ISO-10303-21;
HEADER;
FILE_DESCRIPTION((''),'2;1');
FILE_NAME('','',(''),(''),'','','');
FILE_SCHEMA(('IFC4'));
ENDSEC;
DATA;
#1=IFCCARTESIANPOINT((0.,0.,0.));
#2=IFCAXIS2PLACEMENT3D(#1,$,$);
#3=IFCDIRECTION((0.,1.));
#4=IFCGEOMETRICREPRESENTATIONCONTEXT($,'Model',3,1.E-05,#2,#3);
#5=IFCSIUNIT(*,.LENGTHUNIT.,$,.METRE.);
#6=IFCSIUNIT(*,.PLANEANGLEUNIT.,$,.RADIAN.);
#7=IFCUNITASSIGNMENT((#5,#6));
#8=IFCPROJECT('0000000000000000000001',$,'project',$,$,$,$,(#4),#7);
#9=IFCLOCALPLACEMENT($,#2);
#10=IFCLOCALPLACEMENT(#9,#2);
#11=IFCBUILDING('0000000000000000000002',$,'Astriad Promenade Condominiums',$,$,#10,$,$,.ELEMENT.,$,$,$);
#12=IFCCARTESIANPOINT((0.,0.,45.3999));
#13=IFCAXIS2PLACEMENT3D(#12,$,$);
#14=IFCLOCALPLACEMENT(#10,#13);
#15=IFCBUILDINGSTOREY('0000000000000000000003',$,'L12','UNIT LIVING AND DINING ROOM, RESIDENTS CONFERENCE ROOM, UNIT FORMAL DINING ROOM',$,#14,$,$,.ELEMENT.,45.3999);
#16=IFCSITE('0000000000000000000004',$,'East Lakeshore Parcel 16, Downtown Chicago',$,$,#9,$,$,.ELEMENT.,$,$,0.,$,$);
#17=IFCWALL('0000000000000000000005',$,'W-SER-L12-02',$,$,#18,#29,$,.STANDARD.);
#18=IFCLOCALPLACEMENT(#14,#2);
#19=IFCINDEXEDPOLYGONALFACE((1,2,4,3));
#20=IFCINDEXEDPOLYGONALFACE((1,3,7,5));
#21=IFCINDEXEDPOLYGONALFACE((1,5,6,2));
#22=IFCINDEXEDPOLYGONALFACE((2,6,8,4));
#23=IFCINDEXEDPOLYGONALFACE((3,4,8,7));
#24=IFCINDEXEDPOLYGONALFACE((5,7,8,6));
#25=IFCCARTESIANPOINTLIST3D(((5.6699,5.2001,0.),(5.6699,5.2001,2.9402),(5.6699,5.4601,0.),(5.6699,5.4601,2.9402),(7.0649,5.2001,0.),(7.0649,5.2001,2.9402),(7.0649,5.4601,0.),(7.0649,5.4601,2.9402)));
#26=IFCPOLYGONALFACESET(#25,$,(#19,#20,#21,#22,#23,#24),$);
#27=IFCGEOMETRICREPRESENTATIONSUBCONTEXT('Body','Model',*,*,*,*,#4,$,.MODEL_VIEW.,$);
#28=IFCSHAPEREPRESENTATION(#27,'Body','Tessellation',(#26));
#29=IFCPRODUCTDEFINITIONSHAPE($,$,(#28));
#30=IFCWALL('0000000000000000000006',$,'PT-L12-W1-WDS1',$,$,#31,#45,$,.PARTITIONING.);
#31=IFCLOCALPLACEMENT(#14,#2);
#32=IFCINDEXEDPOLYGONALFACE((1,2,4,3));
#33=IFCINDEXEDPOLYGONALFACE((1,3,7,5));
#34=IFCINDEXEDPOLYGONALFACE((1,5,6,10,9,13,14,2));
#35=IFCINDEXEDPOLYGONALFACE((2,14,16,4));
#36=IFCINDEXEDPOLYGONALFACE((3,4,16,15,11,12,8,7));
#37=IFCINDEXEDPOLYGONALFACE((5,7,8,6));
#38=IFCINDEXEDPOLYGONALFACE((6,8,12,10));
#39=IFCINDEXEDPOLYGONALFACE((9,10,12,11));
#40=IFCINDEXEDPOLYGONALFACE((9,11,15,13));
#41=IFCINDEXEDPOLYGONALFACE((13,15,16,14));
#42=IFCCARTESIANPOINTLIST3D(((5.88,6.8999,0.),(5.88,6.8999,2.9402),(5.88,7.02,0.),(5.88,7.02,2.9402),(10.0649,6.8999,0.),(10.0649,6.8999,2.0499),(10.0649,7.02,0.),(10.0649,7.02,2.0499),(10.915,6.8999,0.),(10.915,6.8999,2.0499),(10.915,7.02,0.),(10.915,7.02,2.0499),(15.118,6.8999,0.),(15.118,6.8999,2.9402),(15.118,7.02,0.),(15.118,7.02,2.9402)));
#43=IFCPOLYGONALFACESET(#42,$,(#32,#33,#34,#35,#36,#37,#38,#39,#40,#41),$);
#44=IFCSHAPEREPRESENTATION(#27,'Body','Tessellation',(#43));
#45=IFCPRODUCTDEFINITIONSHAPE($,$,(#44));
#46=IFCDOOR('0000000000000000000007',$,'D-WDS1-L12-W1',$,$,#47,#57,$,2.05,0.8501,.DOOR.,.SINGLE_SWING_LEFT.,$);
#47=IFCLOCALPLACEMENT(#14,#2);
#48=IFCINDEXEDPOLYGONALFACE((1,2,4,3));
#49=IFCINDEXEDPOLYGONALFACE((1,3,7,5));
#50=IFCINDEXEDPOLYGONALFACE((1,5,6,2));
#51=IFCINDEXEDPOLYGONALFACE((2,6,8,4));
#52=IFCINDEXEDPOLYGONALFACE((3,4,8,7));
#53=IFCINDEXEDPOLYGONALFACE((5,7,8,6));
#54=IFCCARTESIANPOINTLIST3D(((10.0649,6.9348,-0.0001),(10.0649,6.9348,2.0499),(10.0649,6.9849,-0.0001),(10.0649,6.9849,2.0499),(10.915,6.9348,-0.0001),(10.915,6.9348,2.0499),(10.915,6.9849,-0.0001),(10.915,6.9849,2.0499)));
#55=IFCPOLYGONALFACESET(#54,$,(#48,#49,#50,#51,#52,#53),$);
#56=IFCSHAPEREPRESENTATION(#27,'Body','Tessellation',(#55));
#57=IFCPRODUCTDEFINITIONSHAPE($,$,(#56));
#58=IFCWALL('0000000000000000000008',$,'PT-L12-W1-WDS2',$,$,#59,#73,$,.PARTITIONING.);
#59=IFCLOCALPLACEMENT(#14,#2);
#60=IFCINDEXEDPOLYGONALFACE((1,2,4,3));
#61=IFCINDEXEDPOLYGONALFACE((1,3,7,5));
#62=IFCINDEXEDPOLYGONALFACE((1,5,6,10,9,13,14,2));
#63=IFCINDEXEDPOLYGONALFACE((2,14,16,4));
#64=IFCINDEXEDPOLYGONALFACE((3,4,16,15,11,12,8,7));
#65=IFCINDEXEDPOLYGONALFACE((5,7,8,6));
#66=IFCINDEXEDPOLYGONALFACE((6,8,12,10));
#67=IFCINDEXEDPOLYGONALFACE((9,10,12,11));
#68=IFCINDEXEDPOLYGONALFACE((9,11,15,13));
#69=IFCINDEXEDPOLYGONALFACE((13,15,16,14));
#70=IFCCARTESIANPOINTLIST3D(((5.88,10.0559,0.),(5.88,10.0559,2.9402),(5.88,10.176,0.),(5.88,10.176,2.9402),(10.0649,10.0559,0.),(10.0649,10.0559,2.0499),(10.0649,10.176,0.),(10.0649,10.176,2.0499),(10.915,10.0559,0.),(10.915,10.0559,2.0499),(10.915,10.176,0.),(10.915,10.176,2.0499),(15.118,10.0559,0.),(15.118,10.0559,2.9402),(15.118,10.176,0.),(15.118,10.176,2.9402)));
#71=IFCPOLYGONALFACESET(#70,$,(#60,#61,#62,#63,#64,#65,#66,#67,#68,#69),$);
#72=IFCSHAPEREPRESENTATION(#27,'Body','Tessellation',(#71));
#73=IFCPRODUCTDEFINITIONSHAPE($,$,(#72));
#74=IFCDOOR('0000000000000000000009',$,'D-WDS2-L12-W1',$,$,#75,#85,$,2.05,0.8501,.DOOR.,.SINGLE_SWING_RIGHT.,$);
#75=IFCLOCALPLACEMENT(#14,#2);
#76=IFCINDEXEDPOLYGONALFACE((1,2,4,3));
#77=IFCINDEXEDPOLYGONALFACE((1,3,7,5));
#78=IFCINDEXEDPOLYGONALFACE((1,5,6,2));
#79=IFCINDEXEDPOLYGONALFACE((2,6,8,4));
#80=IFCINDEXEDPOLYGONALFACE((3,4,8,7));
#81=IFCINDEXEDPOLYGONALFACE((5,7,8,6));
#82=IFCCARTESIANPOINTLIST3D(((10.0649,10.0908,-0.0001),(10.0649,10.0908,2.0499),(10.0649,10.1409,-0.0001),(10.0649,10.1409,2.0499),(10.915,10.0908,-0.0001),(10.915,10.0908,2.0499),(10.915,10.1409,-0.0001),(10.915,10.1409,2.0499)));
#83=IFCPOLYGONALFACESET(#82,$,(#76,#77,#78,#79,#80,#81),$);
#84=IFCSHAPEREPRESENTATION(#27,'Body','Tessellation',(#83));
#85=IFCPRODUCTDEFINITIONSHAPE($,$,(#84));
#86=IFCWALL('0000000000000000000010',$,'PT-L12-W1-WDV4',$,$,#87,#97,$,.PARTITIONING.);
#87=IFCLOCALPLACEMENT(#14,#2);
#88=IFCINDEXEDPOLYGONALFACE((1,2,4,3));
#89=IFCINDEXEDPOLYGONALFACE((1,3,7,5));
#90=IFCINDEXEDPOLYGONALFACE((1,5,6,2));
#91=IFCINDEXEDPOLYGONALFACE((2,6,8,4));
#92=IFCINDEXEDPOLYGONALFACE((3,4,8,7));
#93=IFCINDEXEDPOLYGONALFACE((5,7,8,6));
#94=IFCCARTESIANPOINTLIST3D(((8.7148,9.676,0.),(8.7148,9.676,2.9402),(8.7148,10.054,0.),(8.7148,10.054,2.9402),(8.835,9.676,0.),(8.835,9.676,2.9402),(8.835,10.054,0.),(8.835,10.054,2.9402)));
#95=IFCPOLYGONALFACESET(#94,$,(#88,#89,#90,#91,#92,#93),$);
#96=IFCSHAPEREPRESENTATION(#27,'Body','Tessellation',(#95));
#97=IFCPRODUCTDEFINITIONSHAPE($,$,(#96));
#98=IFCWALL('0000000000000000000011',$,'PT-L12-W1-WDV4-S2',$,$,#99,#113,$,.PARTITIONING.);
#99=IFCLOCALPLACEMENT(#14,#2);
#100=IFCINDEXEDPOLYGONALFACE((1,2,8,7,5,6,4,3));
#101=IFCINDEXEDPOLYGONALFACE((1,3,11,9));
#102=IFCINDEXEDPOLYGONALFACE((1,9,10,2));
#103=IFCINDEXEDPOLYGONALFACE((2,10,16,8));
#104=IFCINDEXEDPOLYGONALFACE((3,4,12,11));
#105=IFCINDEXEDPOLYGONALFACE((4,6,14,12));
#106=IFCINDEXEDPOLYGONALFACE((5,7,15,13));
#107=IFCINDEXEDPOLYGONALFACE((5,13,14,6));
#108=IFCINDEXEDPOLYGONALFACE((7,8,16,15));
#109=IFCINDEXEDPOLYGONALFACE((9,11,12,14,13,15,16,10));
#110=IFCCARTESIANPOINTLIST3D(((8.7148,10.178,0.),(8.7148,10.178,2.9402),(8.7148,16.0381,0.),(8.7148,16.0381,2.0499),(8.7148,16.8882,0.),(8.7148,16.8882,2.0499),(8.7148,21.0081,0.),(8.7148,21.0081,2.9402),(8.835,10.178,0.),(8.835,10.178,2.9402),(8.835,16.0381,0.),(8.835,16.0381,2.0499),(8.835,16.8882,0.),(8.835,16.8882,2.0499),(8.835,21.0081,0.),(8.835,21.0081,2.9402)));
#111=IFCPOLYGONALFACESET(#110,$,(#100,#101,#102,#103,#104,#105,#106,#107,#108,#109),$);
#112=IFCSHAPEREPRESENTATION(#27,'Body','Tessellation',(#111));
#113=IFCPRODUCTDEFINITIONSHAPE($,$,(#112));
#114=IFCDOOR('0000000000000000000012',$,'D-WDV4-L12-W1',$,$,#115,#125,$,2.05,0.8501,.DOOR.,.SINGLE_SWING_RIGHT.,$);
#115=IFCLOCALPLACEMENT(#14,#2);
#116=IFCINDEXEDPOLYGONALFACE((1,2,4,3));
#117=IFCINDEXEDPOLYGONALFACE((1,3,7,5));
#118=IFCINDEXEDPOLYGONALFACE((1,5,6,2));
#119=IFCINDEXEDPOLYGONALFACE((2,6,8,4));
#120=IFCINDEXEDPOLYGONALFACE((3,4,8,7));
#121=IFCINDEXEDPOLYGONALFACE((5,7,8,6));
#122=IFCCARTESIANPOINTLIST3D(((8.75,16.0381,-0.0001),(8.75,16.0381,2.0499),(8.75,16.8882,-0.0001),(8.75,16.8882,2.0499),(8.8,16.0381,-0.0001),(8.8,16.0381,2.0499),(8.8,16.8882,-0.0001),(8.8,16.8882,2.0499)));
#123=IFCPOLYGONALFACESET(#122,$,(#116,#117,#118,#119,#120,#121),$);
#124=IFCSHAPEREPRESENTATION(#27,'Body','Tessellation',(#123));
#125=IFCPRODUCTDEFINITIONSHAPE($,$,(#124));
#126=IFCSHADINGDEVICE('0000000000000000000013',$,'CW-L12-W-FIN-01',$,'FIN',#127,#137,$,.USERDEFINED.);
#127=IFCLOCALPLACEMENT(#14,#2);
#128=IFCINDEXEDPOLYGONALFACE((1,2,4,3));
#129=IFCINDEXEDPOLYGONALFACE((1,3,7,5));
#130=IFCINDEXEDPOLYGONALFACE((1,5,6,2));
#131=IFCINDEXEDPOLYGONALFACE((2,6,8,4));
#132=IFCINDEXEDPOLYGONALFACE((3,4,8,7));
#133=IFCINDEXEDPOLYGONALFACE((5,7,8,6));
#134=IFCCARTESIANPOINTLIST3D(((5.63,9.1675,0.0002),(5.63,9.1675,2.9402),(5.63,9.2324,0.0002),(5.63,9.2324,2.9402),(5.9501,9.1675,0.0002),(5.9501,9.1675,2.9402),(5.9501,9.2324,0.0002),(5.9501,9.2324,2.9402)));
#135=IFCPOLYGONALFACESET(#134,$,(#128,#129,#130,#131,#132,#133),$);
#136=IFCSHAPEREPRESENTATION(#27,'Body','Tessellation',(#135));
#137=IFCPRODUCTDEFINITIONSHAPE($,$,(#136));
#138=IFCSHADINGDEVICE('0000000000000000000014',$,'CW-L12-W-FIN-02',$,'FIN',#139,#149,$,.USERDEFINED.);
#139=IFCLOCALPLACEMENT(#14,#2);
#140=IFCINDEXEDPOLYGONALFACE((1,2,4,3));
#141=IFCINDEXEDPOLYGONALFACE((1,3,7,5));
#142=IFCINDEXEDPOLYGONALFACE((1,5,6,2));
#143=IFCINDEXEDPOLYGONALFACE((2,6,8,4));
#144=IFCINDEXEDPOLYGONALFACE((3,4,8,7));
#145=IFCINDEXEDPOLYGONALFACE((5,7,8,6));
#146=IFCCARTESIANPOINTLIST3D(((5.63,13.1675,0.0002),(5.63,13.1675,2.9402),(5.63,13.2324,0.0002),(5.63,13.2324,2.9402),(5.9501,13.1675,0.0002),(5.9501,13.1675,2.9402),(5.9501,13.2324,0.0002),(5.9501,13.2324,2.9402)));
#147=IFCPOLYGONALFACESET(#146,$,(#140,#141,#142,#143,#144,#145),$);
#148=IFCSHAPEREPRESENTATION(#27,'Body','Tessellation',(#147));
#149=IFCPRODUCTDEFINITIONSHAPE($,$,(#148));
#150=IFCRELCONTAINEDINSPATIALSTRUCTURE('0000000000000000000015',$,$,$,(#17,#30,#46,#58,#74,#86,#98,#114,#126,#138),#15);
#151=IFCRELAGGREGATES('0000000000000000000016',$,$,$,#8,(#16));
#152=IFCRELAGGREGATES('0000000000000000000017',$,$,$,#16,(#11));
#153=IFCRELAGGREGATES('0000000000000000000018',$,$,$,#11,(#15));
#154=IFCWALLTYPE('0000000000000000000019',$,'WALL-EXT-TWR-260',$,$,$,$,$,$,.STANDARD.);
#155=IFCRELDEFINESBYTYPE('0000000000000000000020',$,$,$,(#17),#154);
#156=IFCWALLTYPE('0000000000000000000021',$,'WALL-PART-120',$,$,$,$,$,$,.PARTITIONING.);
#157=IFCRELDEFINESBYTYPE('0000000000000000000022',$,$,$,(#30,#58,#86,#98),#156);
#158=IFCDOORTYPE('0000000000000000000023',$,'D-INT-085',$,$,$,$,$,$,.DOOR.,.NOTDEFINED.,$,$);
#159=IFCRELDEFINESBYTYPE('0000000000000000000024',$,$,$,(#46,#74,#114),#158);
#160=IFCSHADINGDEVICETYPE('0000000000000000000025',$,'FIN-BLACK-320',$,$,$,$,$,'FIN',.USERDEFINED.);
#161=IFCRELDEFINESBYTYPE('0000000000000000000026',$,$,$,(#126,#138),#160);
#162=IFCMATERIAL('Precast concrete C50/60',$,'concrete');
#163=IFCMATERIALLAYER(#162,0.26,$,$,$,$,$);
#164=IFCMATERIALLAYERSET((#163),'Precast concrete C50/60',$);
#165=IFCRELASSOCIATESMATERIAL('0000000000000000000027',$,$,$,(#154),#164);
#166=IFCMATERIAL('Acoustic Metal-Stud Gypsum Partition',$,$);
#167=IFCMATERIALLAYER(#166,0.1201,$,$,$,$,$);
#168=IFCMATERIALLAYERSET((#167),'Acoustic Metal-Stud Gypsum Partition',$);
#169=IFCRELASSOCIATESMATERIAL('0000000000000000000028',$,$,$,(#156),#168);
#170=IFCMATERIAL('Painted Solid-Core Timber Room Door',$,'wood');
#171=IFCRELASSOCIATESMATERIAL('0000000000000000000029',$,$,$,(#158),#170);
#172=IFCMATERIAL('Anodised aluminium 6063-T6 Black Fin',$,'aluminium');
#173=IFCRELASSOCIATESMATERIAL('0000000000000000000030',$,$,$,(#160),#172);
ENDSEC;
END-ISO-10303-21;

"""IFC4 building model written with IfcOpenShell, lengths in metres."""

from ifc_helpers import new_model, si_unit, direction, frame, frame_2d, origin, origin_2d, place, context, subcontext, project, spatial, rectangle, extrude, source, transform, mapped, material, layer, layer_set, type_object, type_shapes, element, fill, save


model = new_model("IFC4")

# Units and contexts
model_context = context("Model", 3, precision=1e-05, world=origin(), true_north=direction((0.0, 1.0)))
body_context = subcontext(model_context, "Body", "Model", "MODEL_VIEW")
ifc_project = project(units=[si_unit("LENGTHUNIT", "METRE"), si_unit("PLANEANGLEUNIT", "RADIAN")], contexts=[model_context])

# Site, building, storey
site_placement = place(None, origin())
site = spatial("IfcSite", under=ifc_project, at=site_placement, Name="East Lakeshore Parcel 16, Downtown Chicago", CompositionType="ELEMENT", RefElevation=0.0)
building_placement = place(site_placement, origin())
building = spatial("IfcBuilding", under=site, at=building_placement, Name="Astriad Promenade Condominiums", CompositionType="ELEMENT")
storey_placement = place(building_placement, frame((0.0, 0.0, 45.3999)))
storey = spatial("IfcBuildingStorey", under=building, at=storey_placement, Name="L12", Description="UNIT LIVING AND DINING ROOM, RESIDENTS CONFERENCE ROOM, UNIT FORMAL DINING ROOM", CompositionType="ELEMENT", Elevation=45.3999)

# Wall
ifc_material_1 = material(Name="Precast concrete C50/60", Category="concrete")
ifc_layer_1 = layer(ifc_material_1, 0.26)
ifc_layer_set_1 = layer_set([ifc_layer_1], Name="Precast concrete C50/60")
wall_type_1 = type_object("IfcWallType", Name="WALL-EXT-TWR-260", PredefinedType="STANDARD", material=ifc_layer_set_1)
wall_1_placement = place(storey_placement, frame((7.0649, 5.3301, 0.0), z_axis=(0.0, 0.0, 1.0), x_axis=(-1.0, 0.0, 0.0)))
element("IfcWall", 1, at=wall_1_placement, inside=storey, type_object=wall_type_1, Name="W-SER-L12-02", PredefinedType="STANDARD", context=body_context, shape_type="SweptSolid", body=[
    extrude(rectangle(XDim=1.395, YDim=0.26, at=frame_2d((0.6975, 0.0))), origin(), (0.0, 0.0, 1.0), 2.9402),
])

# Walls, openings, doors
ifc_material_2 = material(Name="Acoustic Metal-Stud Gypsum Partition")
ifc_layer_2 = layer(ifc_material_2, 0.1201)
ifc_layer_set_2 = layer_set([ifc_layer_2], Name="Acoustic Metal-Stud Gypsum Partition")
wall_type_2 = type_object("IfcWallType", Name="WALL-PART-120", PredefinedType="PARTITIONING", material=ifc_layer_set_2)
wall_2_placement = place(storey_placement, frame((5.8799, 6.96, 0.0), z_axis=(0.0, 0.0, 1.0), x_axis=(1.0, 0.0, 0.0)))
wall_2 = element("IfcWall", 2, at=wall_2_placement, inside=storey, type_object=wall_type_2, Name="PT-L12-W1-WDS1", PredefinedType="PARTITIONING", context=body_context, shape_type="SweptSolid", body=[
    extrude(rectangle(XDim=9.238, YDim=0.1201, at=frame_2d((4.6191, 0.0))), origin(), (0.0, 0.0, 1.0), 2.9402),
])
opening_1_placement = place(wall_2_placement, frame((4.1851, 0.0, 0.0)))
opening_1 = element("IfcOpeningElement", 3, at=opening_1_placement, cuts=wall_2, PredefinedType="OPENING", context=body_context, shape_type="SweptSolid", body=[
    extrude(rectangle(XDim=0.8501, YDim=2.05, at=frame_2d((0.425, 1.0249))), frame((0.0, 0.0701, 0.0), z_axis=(0.0, -1.0, 0.0), x_axis=(1.0, 0.0, 0.0)), (0.0, 0.0, 1.0), 0.1401),
])
ifc_material_3 = material(Name="Painted Solid-Core Timber Room Door", Category="wood")
door_type = type_object("IfcDoorType", Name="D-INT-085", OperationType="NOTDEFINED", PredefinedType="DOOR", material=ifc_material_3)
shared_shape_1 = source(origin(), body_context, "Body", "SweptSolid", [
    extrude(rectangle(XDim=0.8501, YDim=2.05, at=frame_2d((0.425, 1.0249))), frame((0.0, 0.0249, 0.0), z_axis=(0.0, -1.0, 0.0), x_axis=(1.0, 0.0, 0.0)), (0.0, 0.0, 1.0), 0.05),
])
type_shapes(door_type, [shared_shape_1])
door_1_placement = place(opening_1_placement, origin())
door_1 = element("IfcDoor", 4, at=door_1_placement, inside=storey, type_object=door_type, Name="D-WDS1-L12-W1", OperationType="SINGLE_SWING_LEFT", OverallHeight=2.05, OverallWidth=0.8501, PredefinedType="DOOR", context=body_context, shape_type="MappedRepresentation", body=[
    mapped(shared_shape_1, transform((0.0, 0.0, 0.0), scale=1.0)),
])
fill(opening_1, door_1)
wall_3_placement = place(storey_placement, frame((5.8799, 10.116, 0.0), z_axis=(0.0, 0.0, 1.0), x_axis=(1.0, 0.0, 0.0)))
wall_3 = element("IfcWall", 5, at=wall_3_placement, inside=storey, type_object=wall_type_2, Name="PT-L12-W1-WDS2", PredefinedType="PARTITIONING", context=body_context, shape_type="SweptSolid", body=[
    extrude(rectangle(XDim=9.238, YDim=0.1201, at=frame_2d((4.6191, 0.0))), origin(), (0.0, 0.0, 1.0), 2.9402),
])
opening_2_placement = place(wall_3_placement, frame((4.1851, 0.0, 0.0)))
opening_2 = element("IfcOpeningElement", 6, at=opening_2_placement, cuts=wall_3, PredefinedType="OPENING", context=body_context, shape_type="SweptSolid", body=[
    extrude(rectangle(XDim=0.8501, YDim=2.05, at=frame_2d((0.425, 1.0249))), frame((0.0, 0.0701, 0.0), z_axis=(0.0, -1.0, 0.0), x_axis=(1.0, 0.0, 0.0)), (0.0, 0.0, 1.0), 0.1401),
])
door_2_placement = place(opening_2_placement, origin())
door_2 = element("IfcDoor", 7, at=door_2_placement, inside=storey, type_object=door_type, Name="D-WDS2-L12-W1", OperationType="SINGLE_SWING_RIGHT", OverallHeight=2.05, OverallWidth=0.8501, PredefinedType="DOOR", context=body_context, shape_type="MappedRepresentation", body=[
    mapped(shared_shape_1, transform((0.0, 0.0, 0.0), scale=1.0)),
])
fill(opening_2, door_2)

# Wall
wall_4_placement = place(storey_placement, frame((8.7749, 9.676, 0.0), z_axis=(0.0, 0.0, 1.0), x_axis=(0.0, 1.0, 0.0)))
element("IfcWall", 8, at=wall_4_placement, inside=storey, type_object=wall_type_2, Name="PT-L12-W1-WDV4", PredefinedType="PARTITIONING", context=body_context, shape_type="SweptSolid", body=[
    extrude(rectangle(XDim=0.3779, YDim=0.1201, at=frame_2d((0.189, 0.0))), origin(), (0.0, 0.0, 1.0), 2.9402),
])

# Wall, opening, door
wall_5_placement = place(storey_placement, frame((8.7749, 10.178, 0.0), z_axis=(0.0, 0.0, 1.0), x_axis=(0.0, 1.0, 0.0)))
wall_5 = element("IfcWall", 9, at=wall_5_placement, inside=storey, type_object=wall_type_2, Name="PT-L12-W1-WDV4-S2", PredefinedType="PARTITIONING", context=body_context, shape_type="SweptSolid", body=[
    extrude(rectangle(XDim=10.8301, YDim=0.1201, at=frame_2d((5.415, 0.0))), origin(), (0.0, 0.0, 1.0), 2.9402),
])
opening_3_placement = place(wall_5_placement, frame((5.8601, 0.0, 0.0)))
opening_3 = element("IfcOpeningElement", 10, at=opening_3_placement, cuts=wall_5, PredefinedType="OPENING", context=body_context, shape_type="SweptSolid", body=[
    extrude(rectangle(XDim=0.8501, YDim=2.05, at=frame_2d((0.425, 1.0249))), frame((0.0, 0.0701, 0.0), z_axis=(0.0, -1.0, 0.0), x_axis=(1.0, 0.0, 0.0)), (0.0, 0.0, 1.0), 0.1401),
])
door_3_placement = place(opening_3_placement, origin())
door_3 = element("IfcDoor", 11, at=door_3_placement, inside=storey, type_object=door_type, Name="D-WDV4-L12-W1", OperationType="SINGLE_SWING_RIGHT", OverallHeight=2.05, OverallWidth=0.8501, PredefinedType="DOOR", context=body_context, shape_type="MappedRepresentation", body=[
    mapped(shared_shape_1, transform((0.0, 0.0, 0.0), scale=1.0)),
])
fill(opening_3, door_3)

# Shading devices
ifc_material_4 = material(Name="Anodised aluminium 6063-T6 Black Fin", Category="aluminium")
shading_device_type = type_object("IfcShadingDeviceType", Name="FIN-BLACK-320", ElementType="FIN", PredefinedType="USERDEFINED", material=ifc_material_4)
shared_shape_2 = source(origin(), body_context, "Body", "SweptSolid", [
    extrude(rectangle(XDim=0.0649, YDim=0.3201, at=origin_2d()), origin(), (0.0, 0.0, 1.0), 2.9399),
])
type_shapes(shading_device_type, [shared_shape_2])
for number, where, z_axis, x_axis, name in (
    (12, (5.79, 9.2, 0.0002), (0.0, 0.0, 1.0), (0.0, 1.0, 0.0), "CW-L12-W-FIN-01"),
    (13, (5.79, 13.2, 0.0002), (0.0, 0.0, 1.0), (0.0, 1.0, 0.0), "CW-L12-W-FIN-02"),
):
    element("IfcShadingDevice", number, at=place(storey_placement, frame(where, z_axis=z_axis, x_axis=x_axis)), inside=storey, type_object=shading_device_type, Name=name, ObjectType="FIN", PredefinedType="USERDEFINED", context=body_context, shape_type="MappedRepresentation", body=[
        mapped(shared_shape_2, transform((0.0, 0.0, 0.0), scale=1.0)),
    ])

save(model, "model.ifc")
